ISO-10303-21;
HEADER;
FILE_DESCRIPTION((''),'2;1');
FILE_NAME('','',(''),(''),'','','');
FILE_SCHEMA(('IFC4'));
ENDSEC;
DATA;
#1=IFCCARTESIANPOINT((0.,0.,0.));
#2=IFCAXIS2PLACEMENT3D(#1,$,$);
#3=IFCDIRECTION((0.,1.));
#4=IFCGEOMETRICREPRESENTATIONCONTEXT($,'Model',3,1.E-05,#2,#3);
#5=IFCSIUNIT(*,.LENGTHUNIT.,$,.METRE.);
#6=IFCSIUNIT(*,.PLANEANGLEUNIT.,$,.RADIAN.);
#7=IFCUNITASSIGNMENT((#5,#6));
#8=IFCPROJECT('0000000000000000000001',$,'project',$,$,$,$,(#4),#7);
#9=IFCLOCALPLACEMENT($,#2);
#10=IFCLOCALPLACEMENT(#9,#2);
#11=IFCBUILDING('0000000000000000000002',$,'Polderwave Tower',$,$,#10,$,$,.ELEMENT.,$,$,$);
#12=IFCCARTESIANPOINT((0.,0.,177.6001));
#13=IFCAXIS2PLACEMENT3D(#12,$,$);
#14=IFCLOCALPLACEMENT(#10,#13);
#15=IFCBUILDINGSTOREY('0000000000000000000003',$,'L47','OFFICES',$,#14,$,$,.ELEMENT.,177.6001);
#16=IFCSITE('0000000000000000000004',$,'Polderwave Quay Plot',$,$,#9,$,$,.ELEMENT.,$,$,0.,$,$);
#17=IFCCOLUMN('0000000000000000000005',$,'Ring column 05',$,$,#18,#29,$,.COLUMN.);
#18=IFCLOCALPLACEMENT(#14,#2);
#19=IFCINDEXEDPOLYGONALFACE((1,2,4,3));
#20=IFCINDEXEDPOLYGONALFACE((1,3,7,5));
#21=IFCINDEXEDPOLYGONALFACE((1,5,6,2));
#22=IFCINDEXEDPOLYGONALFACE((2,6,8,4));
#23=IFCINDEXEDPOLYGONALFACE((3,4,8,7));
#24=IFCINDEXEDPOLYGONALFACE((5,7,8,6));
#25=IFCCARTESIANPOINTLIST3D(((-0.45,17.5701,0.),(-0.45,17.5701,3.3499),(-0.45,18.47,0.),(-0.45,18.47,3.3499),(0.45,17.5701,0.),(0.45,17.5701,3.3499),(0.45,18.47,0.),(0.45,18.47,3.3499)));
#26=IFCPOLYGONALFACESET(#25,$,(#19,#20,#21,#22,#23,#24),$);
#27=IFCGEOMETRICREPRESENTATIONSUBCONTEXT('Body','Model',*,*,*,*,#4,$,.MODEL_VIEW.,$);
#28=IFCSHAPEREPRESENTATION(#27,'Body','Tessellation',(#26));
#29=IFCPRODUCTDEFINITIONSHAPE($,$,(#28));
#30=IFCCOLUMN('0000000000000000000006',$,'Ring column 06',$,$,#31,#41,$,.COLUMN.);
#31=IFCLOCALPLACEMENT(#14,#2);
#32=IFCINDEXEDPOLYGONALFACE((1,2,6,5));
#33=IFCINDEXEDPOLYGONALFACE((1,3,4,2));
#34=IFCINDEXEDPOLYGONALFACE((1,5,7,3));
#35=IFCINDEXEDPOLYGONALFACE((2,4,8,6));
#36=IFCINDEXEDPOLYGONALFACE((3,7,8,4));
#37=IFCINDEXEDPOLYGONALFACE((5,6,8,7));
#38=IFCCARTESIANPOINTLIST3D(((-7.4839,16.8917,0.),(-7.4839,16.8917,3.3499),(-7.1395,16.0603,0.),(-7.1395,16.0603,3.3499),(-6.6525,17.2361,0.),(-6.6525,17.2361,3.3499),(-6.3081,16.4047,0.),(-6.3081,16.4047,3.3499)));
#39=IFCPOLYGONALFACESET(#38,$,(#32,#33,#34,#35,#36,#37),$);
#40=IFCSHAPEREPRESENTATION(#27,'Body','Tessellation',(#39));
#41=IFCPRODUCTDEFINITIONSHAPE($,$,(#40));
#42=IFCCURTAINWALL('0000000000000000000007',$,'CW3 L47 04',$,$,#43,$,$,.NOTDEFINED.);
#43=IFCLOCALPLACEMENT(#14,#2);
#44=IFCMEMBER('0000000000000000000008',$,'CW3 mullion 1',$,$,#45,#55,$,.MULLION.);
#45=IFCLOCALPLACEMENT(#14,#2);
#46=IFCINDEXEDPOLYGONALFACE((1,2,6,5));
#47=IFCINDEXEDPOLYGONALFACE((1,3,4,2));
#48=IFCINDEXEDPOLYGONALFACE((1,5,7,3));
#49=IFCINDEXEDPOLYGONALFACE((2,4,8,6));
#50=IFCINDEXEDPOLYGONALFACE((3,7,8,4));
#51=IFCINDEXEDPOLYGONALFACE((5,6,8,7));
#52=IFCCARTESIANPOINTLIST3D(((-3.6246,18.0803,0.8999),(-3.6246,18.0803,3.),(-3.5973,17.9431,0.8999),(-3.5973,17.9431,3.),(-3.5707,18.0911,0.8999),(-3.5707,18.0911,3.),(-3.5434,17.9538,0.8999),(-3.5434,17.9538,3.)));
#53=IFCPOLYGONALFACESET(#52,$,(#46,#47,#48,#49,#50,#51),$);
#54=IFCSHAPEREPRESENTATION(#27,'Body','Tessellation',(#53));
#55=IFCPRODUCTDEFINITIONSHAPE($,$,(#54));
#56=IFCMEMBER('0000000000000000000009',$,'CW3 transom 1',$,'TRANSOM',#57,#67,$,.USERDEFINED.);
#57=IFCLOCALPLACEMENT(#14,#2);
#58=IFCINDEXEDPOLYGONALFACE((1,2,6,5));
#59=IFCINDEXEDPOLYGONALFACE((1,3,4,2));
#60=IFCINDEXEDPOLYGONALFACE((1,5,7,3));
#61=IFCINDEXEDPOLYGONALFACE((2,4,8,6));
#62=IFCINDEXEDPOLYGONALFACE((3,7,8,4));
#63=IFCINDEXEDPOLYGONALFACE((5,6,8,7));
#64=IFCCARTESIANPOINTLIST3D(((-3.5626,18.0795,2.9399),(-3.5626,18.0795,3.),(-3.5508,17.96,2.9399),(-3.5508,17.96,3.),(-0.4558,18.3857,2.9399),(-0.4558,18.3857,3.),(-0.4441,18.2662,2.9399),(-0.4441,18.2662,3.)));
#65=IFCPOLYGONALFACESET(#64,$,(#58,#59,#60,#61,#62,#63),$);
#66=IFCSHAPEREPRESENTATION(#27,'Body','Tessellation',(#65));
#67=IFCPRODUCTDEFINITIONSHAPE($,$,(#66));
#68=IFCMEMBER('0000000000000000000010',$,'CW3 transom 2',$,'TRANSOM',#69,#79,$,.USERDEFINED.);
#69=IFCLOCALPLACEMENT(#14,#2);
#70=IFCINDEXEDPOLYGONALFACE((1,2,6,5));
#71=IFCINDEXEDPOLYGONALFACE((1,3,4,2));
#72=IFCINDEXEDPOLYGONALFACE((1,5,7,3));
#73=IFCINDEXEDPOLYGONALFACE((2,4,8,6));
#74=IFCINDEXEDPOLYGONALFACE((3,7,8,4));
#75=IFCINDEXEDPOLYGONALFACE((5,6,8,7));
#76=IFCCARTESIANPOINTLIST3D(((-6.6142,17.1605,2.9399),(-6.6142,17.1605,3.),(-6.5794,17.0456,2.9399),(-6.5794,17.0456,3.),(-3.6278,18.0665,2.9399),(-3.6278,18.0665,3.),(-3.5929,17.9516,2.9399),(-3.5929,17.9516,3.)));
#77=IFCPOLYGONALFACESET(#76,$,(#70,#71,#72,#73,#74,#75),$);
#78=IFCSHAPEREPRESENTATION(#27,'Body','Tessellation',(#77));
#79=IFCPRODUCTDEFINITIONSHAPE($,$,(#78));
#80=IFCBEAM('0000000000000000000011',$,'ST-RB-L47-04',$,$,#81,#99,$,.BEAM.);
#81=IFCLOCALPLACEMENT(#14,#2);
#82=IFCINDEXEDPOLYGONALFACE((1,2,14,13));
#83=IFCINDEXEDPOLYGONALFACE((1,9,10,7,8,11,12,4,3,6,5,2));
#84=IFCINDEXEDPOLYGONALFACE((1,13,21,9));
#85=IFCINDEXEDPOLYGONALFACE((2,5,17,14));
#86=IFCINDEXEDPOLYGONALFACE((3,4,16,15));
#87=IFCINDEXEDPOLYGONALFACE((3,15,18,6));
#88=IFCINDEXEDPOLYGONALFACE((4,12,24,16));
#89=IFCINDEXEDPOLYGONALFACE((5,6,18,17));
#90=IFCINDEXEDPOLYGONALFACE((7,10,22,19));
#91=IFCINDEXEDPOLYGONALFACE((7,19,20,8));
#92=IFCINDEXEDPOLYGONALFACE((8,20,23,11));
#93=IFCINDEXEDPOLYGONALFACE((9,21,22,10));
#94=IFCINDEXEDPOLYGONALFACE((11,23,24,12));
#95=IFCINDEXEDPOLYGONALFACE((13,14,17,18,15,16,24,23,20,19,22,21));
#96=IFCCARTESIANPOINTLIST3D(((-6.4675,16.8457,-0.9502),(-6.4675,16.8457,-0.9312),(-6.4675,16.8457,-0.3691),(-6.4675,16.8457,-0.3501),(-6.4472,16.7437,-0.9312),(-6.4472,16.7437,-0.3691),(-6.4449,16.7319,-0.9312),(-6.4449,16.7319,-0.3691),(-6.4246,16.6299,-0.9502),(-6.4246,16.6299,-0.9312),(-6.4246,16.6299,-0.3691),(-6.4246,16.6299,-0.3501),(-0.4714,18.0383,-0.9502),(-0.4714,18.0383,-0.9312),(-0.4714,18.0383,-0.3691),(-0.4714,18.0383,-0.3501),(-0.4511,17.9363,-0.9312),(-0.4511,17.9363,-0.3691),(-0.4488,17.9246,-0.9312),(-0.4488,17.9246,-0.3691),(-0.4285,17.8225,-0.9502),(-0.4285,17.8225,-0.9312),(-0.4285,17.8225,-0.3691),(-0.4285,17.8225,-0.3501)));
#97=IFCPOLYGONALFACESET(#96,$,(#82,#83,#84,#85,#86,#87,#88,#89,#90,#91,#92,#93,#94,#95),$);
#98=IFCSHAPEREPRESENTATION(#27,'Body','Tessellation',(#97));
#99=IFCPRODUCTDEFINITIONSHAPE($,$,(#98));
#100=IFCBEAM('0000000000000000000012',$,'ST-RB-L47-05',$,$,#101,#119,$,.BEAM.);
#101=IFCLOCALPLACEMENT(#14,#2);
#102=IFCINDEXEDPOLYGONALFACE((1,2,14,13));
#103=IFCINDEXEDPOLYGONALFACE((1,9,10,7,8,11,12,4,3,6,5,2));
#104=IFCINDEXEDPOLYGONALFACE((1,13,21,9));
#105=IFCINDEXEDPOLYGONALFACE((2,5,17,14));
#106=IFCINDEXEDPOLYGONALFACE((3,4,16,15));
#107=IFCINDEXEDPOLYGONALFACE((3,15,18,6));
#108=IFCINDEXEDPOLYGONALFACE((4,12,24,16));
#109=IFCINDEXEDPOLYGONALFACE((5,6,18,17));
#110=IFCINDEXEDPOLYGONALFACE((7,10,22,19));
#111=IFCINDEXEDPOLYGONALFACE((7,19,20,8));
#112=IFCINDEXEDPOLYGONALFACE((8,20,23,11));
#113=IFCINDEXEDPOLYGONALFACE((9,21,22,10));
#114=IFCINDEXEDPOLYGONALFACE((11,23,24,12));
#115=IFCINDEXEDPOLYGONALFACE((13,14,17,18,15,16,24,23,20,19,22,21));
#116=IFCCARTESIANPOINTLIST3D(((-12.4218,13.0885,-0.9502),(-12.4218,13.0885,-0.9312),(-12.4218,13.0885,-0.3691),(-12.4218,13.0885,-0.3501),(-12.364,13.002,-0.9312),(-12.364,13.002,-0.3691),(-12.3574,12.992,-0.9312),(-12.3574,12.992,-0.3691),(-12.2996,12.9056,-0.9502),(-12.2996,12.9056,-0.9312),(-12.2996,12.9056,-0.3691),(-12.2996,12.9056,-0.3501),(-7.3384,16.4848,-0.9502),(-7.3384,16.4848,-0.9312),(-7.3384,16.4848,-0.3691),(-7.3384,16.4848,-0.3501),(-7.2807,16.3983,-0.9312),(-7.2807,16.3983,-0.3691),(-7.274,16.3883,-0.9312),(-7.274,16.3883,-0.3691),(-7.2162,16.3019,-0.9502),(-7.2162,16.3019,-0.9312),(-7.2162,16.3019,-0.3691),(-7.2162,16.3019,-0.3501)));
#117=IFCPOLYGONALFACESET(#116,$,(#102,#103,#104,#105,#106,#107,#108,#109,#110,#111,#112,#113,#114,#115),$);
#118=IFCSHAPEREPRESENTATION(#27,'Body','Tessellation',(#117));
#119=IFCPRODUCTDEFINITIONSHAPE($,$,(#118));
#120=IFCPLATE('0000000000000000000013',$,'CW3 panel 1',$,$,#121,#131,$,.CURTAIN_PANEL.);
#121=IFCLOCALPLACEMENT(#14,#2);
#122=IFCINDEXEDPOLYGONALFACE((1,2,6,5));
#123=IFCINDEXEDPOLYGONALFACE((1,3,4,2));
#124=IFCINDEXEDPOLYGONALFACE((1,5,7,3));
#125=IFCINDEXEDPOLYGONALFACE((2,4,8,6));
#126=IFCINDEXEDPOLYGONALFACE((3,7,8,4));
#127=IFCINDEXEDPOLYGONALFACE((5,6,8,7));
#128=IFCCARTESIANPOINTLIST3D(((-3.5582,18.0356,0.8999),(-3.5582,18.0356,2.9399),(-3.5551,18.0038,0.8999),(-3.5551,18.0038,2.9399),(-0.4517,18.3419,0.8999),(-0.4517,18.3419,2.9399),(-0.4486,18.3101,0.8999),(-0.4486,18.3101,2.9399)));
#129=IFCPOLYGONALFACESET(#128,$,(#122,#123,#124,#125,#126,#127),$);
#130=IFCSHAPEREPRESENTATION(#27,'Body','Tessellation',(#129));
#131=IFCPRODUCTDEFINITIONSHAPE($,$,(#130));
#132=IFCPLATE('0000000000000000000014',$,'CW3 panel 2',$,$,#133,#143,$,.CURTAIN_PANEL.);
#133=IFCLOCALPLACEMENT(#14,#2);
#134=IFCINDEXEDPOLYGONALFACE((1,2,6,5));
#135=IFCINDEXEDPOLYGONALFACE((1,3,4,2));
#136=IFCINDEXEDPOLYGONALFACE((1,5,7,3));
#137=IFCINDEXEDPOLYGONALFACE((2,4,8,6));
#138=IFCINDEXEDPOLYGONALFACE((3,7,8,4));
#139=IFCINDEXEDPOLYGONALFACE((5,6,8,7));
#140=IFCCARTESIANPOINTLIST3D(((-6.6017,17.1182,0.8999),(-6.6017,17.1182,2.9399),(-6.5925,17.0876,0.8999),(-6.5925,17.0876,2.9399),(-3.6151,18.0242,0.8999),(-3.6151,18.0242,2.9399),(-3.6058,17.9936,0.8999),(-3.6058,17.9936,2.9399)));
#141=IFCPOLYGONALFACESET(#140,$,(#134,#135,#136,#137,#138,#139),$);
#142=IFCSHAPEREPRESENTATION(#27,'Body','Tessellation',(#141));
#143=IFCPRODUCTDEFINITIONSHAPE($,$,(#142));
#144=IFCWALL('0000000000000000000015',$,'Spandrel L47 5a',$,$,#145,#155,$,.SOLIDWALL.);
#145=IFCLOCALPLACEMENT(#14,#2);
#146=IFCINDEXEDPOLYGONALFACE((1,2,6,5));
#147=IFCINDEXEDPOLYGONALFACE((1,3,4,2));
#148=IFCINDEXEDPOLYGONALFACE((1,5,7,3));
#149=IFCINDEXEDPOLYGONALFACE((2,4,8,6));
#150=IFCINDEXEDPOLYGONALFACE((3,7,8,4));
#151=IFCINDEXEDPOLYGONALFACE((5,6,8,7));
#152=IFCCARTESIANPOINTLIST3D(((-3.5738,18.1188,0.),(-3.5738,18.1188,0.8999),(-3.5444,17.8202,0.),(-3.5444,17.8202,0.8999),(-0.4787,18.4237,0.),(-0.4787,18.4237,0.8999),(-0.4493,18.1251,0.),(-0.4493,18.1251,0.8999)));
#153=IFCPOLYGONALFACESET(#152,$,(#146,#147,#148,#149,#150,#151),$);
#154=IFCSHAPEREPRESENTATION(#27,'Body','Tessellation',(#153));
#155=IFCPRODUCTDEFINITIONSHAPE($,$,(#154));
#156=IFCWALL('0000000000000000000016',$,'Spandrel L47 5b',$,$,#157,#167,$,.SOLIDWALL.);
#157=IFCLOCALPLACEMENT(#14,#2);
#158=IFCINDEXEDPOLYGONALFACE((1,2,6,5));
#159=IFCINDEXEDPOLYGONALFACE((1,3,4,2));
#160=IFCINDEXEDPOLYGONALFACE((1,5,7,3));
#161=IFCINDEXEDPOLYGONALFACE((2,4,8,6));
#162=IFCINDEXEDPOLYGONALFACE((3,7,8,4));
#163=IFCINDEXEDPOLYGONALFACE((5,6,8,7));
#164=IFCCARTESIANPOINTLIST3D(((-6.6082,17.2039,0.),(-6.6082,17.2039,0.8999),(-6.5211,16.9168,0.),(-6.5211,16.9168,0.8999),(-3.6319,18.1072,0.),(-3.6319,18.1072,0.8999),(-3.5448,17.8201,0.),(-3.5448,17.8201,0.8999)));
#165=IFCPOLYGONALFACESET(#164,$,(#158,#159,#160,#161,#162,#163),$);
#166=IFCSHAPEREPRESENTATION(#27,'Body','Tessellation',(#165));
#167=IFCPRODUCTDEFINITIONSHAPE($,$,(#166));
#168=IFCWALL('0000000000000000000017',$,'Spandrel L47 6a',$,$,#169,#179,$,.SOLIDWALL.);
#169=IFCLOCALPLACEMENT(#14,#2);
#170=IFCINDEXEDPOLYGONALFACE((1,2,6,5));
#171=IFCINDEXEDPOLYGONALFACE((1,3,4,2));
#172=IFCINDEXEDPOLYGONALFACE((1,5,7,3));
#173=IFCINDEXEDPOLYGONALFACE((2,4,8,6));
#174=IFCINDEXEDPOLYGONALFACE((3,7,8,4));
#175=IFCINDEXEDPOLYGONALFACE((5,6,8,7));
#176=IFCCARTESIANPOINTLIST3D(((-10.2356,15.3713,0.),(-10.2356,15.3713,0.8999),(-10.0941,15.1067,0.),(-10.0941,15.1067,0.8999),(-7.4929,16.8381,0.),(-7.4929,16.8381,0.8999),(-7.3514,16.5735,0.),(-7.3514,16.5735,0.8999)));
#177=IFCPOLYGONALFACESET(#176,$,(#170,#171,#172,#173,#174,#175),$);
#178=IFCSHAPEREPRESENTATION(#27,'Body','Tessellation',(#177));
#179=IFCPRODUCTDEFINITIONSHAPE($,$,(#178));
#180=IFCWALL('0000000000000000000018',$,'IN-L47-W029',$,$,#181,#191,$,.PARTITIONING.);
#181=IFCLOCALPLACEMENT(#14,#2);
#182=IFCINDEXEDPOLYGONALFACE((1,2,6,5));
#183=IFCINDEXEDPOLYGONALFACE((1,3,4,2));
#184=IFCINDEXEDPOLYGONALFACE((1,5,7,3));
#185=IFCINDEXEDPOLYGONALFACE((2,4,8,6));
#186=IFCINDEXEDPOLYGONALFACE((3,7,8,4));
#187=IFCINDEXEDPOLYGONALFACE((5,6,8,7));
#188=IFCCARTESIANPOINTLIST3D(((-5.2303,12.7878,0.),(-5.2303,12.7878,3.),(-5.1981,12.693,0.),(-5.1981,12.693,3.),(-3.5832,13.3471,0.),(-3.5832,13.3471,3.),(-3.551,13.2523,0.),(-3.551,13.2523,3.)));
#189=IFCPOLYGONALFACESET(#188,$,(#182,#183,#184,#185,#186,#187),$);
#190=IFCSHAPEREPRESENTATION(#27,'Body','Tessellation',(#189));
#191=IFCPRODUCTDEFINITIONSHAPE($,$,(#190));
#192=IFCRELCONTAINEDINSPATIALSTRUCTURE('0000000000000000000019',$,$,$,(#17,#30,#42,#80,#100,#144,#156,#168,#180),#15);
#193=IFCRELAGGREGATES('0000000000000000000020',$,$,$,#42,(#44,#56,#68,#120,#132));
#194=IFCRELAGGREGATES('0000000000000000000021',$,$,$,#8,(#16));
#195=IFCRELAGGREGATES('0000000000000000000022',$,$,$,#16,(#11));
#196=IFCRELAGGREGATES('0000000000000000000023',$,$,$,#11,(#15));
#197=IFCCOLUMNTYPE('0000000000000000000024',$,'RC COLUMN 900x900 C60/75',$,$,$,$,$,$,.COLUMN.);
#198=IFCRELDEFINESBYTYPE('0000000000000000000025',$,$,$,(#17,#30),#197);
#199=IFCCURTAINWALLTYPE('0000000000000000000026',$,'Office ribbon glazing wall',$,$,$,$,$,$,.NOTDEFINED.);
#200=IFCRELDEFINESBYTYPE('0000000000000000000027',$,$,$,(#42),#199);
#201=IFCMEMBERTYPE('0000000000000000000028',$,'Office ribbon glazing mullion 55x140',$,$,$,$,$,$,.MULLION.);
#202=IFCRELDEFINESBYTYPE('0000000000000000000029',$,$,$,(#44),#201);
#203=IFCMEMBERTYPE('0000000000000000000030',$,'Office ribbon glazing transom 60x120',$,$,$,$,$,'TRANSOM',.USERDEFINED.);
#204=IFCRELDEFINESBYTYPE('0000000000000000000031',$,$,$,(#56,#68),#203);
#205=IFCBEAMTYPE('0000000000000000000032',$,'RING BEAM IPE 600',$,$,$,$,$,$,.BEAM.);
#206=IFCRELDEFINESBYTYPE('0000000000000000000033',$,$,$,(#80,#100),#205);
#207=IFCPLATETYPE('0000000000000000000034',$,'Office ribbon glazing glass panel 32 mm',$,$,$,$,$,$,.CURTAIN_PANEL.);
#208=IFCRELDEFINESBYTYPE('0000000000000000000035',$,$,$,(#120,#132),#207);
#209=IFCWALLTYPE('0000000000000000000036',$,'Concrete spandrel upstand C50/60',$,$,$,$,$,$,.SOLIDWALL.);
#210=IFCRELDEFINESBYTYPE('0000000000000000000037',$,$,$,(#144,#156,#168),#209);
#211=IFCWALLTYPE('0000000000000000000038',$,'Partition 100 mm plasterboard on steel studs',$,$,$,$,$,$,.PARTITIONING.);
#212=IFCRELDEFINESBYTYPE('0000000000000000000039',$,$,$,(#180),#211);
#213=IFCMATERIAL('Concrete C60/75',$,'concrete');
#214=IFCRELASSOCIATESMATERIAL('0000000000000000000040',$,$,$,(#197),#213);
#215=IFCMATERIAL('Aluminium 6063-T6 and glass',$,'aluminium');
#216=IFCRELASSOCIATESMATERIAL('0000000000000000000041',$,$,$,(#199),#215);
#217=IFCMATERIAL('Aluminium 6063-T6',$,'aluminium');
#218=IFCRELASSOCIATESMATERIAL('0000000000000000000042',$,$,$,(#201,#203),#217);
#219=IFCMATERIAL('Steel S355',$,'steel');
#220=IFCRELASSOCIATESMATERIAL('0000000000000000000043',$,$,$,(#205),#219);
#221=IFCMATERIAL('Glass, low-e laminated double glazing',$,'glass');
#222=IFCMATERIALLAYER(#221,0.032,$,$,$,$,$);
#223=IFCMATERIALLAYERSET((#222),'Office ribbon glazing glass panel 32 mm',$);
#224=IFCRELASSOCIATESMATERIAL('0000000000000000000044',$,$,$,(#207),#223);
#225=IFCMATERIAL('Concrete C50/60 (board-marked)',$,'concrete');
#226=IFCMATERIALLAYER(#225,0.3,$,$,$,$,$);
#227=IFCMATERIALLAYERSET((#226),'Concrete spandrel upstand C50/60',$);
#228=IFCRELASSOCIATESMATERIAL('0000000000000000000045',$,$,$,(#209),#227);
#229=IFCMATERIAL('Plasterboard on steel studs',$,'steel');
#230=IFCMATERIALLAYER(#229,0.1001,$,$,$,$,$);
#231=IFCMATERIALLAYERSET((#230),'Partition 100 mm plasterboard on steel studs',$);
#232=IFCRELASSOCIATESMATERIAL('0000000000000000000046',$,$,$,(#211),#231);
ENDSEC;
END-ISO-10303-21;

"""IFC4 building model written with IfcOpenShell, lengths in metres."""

from ifc_helpers import new_model, si_unit, direction, frame, frame_2d, origin, origin_2d, place, context, subcontext, project, spatial, rectangle, i_section, extrude, material, layer, layer_set, material_profile, profile_set, type_object, element, aggregate, save


model = new_model("IFC4")

# Units and contexts
model_context = context("Model", 3, precision=1e-05, world=origin(), true_north=direction((0.0, 1.0)))
body_context = subcontext(model_context, "Body", "Model", "MODEL_VIEW")
ifc_project = project(units=[si_unit("LENGTHUNIT", "METRE"), si_unit("PLANEANGLEUNIT", "RADIAN")], contexts=[model_context])

# Site, building, storey
site_placement = place(None, origin())
site = spatial("IfcSite", under=ifc_project, at=site_placement, Name="Polderwave Quay Plot", CompositionType="ELEMENT", RefElevation=0.0)
building_placement = place(site_placement, origin())
building = spatial("IfcBuilding", under=site, at=building_placement, Name="Polderwave Tower", CompositionType="ELEMENT")
storey_placement = place(building_placement, frame((0.0, 0.0, 177.6001)))
storey = spatial("IfcBuildingStorey", under=building, at=storey_placement, Name="L47", Description="OFFICES", CompositionType="ELEMENT", Elevation=177.6001)

# Columns
ifc_material_1 = material(Name="Concrete C60/75", Category="concrete")
ifc_material_profile_1 = material_profile(ifc_material_1, rectangle(XDim=0.8999, YDim=0.8999, at=origin_2d()), Name="RC 900x900")
ifc_profile_set_1 = profile_set([ifc_material_profile_1], Name="Concrete C60/75")
column_type = type_object("IfcColumnType", Name="RC COLUMN 900x900 C60/75", PredefinedType="COLUMN", material=ifc_profile_set_1)
for number, where, z_axis, x_axis, name in (
    (1, (0.0, 18.02, 0.0), (0.0, 0.0, 1.0), (0.0, 1.0, 0.0), "Ring column 05"),
    (2, (-6.896, 16.6482, 0.0), (0.0, 0.0, 1.0), (-0.382683, 0.92388, 0.0), "Ring column 06"),
):
    element("IfcColumn", number, at=place(storey_placement, frame(where, z_axis=z_axis, x_axis=x_axis)), inside=storey, type_object=column_type, Name=name, PredefinedType="COLUMN", context=body_context, shape_type="SweptSolid", body=[
        extrude(rectangle(XDim=0.8999, YDim=0.8999, at=origin_2d()), origin(), (0.0, 0.0, 1.0), 3.3499),
    ])

# Curtain wall, members
ifc_material_2 = material(Name="Aluminium 6063-T6 and glass", Category="aluminium")
curtain_wall_type = type_object("IfcCurtainWallType", Name="Office ribbon glazing wall", PredefinedType="NOTDEFINED", material=ifc_material_2)
curtain_wall_placement = place(storey_placement, origin())
curtain_wall = element("IfcCurtainWall", 3, at=curtain_wall_placement, inside=storey, type_object=curtain_wall_type, Name="CW3 L47 04", PredefinedType="NOTDEFINED")
ifc_material_3 = material(Name="Aluminium 6063-T6", Category="aluminium")
ifc_material_profile_2 = material_profile(ifc_material_3, rectangle(XDim=0.1399, YDim=0.0549, at=origin_2d()), Name="AL 55x140")
ifc_profile_set_2 = profile_set([ifc_material_profile_2], Name="Aluminium 6063-T6")
member_type_1 = type_object("IfcMemberType", Name="Office ribbon glazing mullion 55x140", PredefinedType="MULLION", material=ifc_profile_set_2)
member_1_placement = place(storey_placement, frame((-3.584, 18.0171, 0.8999), z_axis=(0.0, 0.0, 1.0), x_axis=(0.195143, -0.980775, 0.0)))
member_1 = element("IfcMember", 4, at=member_1_placement, type_object=member_type_1, Name="CW3 mullion 1", PredefinedType="MULLION", context=body_context, shape_type="SweptSolid", body=[
    extrude(rectangle(XDim=0.1399, YDim=0.0549, at=origin_2d()), origin(), (0.0, 0.0, 1.0), 2.1001),
])
ifc_material_profile_3 = material_profile(ifc_material_3, rectangle(XDim=0.1201, YDim=0.0601, at=origin_2d()), Name="AL 60x120")
ifc_profile_set_3 = profile_set([ifc_material_profile_3], Name="Aluminium 6063-T6")
member_type_2 = type_object("IfcMemberType", Name="Office ribbon glazing transom 60x120", ElementType="TRANSOM", PredefinedType="USERDEFINED", material=ifc_profile_set_3)
member_2_placement = place(storey_placement, frame((-0.45, 18.3259, 2.97), z_axis=(-0.995179, -0.098071, 0.0), x_axis=(0.098071, -0.995179, 0.0)))
member_2 = element("IfcMember", 5, at=member_2_placement, type_object=member_type_2, Name="CW3 transom 1", ObjectType="TRANSOM", PredefinedType="USERDEFINED", context=body_context, shape_type="SweptSolid", body=[
    extrude(rectangle(XDim=0.1201, YDim=0.0601, at=origin_2d()), origin(), (0.0, 0.0, 1.0), 3.1218),
])
member_3_placement = place(storey_placement, frame((-3.6104, 18.009, 2.97), z_axis=(-0.956937, -0.290296, 0.0), x_axis=(0.290296, -0.956937, 0.0)))
member_3 = element("IfcMember", 6, at=member_3_placement, type_object=member_type_2, Name="CW3 transom 2", ObjectType="TRANSOM", PredefinedType="USERDEFINED", context=body_context, shape_type="SweptSolid", body=[
    extrude(rectangle(XDim=0.1201, YDim=0.0601, at=origin_2d()), origin(), (0.0, 0.0, 1.0), 3.1208),
])

# Beams
ifc_material_4 = material(Name="Steel S355", Category="steel")
ifc_material_profile_4 = material_profile(ifc_material_4, i_section(OverallWidth=0.22, OverallDepth=0.6001, WebThickness=0.012, FlangeThickness=0.019, at=origin_2d()), Name="IPE 600")
ifc_profile_set_4 = profile_set([ifc_material_profile_4], Name="Steel S355")
beam_type = type_object("IfcBeamType", Name="RING BEAM IPE 600", PredefinedType="BEAM", material=ifc_profile_set_4)
for number, where, z_axis, x_axis, name in (
    (7, (-0.45, 17.9304, -0.6501), (-0.980787, -0.195079, 0.0), (0.195079, -0.980787, 0.0), "ST-RB-L47-04"),
    (8, (-7.2773, 16.3933, -0.6501), (-0.831491, -0.555539, 0.0), (0.555539, -0.831491, 0.0), "ST-RB-L47-05"),
):
    element("IfcBeam", number, at=place(storey_placement, frame(where, z_axis=z_axis, x_axis=x_axis)), inside=storey, type_object=beam_type, Name=name, PredefinedType="BEAM", context=body_context, shape_type="SweptSolid", body=[
        extrude(i_section(OverallWidth=0.22, OverallDepth=0.6001, WebThickness=0.012, FlangeThickness=0.019, at=origin_2d()), origin(), (0.0, 0.0, 1.0), 6.1135),
    ])

# Plates
ifc_material_5 = material(Name="Glass, low-e laminated double glazing", Category="glass")
ifc_layer_1 = layer(ifc_material_5, 0.032)
ifc_layer_set_1 = layer_set([ifc_layer_1], Name="Office ribbon glazing glass panel 32 mm")
plate_type = type_object("IfcPlateType", Name="Office ribbon glazing glass panel 32 mm", PredefinedType="CURTAIN_PANEL", material=ifc_layer_set_1)
plate_1_placement = place(storey_placement, frame((-2.0034, 18.1729, 0.8999), z_axis=(0.0, 0.0, 1.0), x_axis=(-0.995175, -0.09812, 0.0)))
plate_1 = element("IfcPlate", 9, at=plate_1_placement, type_object=plate_type, Name="CW3 panel 1", PredefinedType="CURTAIN_PANEL", context=body_context, shape_type="SweptSolid", body=[
    extrude(rectangle(XDim=3.1216, YDim=0.032, at=origin_2d()), origin(), (0.0, 0.0, 1.0), 2.04),
])
plate_2_placement = place(storey_placement, frame((-5.1038, 17.5559, 0.8999), z_axis=(0.0, 0.0, 1.0), x_axis=(-0.956939, -0.29029, 0.0)))
plate_2 = element("IfcPlate", 10, at=plate_2_placement, type_object=plate_type, Name="CW3 panel 2", PredefinedType="CURTAIN_PANEL", context=body_context, shape_type="SweptSolid", body=[
    extrude(rectangle(XDim=3.1211, YDim=0.032, at=origin_2d()), origin(), (0.0, 0.0, 1.0), 2.04),
])
aggregate(curtain_wall, [member_1, member_2, member_3, plate_1, plate_2])

# Walls
ifc_material_6 = material(Name="Concrete C50/60 (board-marked)", Category="concrete")
ifc_layer_2 = layer(ifc_material_6, 0.3)
ifc_layer_set_2 = layer_set([ifc_layer_2], Name="Concrete spandrel upstand C50/60")
wall_type_1 = type_object("IfcWallType", Name="Concrete spandrel upstand C50/60", PredefinedType="SOLIDWALL", material=ifc_layer_set_2)
wall_1_placement = place(storey_placement, frame((-0.4639, 18.2744, 0.0), z_axis=(0.0, 0.0, 1.0), x_axis=(-0.995182, -0.098042, 0.0)))
element("IfcWall", 11, at=wall_1_placement, inside=storey, type_object=wall_type_1, Name="Spandrel L47 5a", PredefinedType="SOLIDWALL", context=body_context, shape_type="SweptSolid", body=[
    extrude(rectangle(XDim=3.1101, YDim=0.3, at=frame_2d((1.5552, 0.0))), origin(), (0.0, 0.0, 1.0), 0.8999),
])
for number, where, z_axis, x_axis, name in (
    (12, (-3.5884, 17.9636, 0.0), (0.0, 0.0, 1.0), (-0.956899, -0.290421, 0.0), "Spandrel L47 5b"),
    (13, (-7.4221, 16.7058, 0.0), (0.0, 0.0, 1.0), (-0.881813, -0.471598, 0.0), "Spandrel L47 6a"),
):
    element("IfcWall", number, at=place(storey_placement, frame(where, z_axis=z_axis, x_axis=x_axis)), inside=storey, type_object=wall_type_1, Name=name, PredefinedType="SOLIDWALL", context=body_context, shape_type="SweptSolid", body=[
        extrude(rectangle(XDim=3.1104, YDim=0.3, at=frame_2d((1.5552, 0.0))), origin(), (0.0, 0.0, 1.0), 0.8999),
    ])
ifc_material_7 = material(Name="Plasterboard on steel studs", Category="steel")
ifc_layer_3 = layer(ifc_material_7, 0.1001)
ifc_layer_set_3 = layer_set([ifc_layer_3], Name="Partition 100 mm plasterboard on steel studs")
wall_type_2 = type_object("IfcWallType", Name="Partition 100 mm plasterboard on steel studs", PredefinedType="PARTITIONING", material=ifc_layer_set_3)
wall_2_placement = place(storey_placement, frame((-5.2141, 12.7405, 0.0), z_axis=(0.0, 0.0, 1.0), x_axis=(0.9469, 0.321528, 0.0)))
element("IfcWall", 14, at=wall_2_placement, inside=storey, type_object=wall_type_2, Name="IN-L47-W029", PredefinedType="PARTITIONING", context=body_context, shape_type="SweptSolid", body=[
    extrude(rectangle(XDim=1.7395, YDim=0.1001, at=frame_2d((0.8696, 0.0))), origin(), (0.0, 0.0, 1.0), 3.0),
])

save(model, "model.ifc")
